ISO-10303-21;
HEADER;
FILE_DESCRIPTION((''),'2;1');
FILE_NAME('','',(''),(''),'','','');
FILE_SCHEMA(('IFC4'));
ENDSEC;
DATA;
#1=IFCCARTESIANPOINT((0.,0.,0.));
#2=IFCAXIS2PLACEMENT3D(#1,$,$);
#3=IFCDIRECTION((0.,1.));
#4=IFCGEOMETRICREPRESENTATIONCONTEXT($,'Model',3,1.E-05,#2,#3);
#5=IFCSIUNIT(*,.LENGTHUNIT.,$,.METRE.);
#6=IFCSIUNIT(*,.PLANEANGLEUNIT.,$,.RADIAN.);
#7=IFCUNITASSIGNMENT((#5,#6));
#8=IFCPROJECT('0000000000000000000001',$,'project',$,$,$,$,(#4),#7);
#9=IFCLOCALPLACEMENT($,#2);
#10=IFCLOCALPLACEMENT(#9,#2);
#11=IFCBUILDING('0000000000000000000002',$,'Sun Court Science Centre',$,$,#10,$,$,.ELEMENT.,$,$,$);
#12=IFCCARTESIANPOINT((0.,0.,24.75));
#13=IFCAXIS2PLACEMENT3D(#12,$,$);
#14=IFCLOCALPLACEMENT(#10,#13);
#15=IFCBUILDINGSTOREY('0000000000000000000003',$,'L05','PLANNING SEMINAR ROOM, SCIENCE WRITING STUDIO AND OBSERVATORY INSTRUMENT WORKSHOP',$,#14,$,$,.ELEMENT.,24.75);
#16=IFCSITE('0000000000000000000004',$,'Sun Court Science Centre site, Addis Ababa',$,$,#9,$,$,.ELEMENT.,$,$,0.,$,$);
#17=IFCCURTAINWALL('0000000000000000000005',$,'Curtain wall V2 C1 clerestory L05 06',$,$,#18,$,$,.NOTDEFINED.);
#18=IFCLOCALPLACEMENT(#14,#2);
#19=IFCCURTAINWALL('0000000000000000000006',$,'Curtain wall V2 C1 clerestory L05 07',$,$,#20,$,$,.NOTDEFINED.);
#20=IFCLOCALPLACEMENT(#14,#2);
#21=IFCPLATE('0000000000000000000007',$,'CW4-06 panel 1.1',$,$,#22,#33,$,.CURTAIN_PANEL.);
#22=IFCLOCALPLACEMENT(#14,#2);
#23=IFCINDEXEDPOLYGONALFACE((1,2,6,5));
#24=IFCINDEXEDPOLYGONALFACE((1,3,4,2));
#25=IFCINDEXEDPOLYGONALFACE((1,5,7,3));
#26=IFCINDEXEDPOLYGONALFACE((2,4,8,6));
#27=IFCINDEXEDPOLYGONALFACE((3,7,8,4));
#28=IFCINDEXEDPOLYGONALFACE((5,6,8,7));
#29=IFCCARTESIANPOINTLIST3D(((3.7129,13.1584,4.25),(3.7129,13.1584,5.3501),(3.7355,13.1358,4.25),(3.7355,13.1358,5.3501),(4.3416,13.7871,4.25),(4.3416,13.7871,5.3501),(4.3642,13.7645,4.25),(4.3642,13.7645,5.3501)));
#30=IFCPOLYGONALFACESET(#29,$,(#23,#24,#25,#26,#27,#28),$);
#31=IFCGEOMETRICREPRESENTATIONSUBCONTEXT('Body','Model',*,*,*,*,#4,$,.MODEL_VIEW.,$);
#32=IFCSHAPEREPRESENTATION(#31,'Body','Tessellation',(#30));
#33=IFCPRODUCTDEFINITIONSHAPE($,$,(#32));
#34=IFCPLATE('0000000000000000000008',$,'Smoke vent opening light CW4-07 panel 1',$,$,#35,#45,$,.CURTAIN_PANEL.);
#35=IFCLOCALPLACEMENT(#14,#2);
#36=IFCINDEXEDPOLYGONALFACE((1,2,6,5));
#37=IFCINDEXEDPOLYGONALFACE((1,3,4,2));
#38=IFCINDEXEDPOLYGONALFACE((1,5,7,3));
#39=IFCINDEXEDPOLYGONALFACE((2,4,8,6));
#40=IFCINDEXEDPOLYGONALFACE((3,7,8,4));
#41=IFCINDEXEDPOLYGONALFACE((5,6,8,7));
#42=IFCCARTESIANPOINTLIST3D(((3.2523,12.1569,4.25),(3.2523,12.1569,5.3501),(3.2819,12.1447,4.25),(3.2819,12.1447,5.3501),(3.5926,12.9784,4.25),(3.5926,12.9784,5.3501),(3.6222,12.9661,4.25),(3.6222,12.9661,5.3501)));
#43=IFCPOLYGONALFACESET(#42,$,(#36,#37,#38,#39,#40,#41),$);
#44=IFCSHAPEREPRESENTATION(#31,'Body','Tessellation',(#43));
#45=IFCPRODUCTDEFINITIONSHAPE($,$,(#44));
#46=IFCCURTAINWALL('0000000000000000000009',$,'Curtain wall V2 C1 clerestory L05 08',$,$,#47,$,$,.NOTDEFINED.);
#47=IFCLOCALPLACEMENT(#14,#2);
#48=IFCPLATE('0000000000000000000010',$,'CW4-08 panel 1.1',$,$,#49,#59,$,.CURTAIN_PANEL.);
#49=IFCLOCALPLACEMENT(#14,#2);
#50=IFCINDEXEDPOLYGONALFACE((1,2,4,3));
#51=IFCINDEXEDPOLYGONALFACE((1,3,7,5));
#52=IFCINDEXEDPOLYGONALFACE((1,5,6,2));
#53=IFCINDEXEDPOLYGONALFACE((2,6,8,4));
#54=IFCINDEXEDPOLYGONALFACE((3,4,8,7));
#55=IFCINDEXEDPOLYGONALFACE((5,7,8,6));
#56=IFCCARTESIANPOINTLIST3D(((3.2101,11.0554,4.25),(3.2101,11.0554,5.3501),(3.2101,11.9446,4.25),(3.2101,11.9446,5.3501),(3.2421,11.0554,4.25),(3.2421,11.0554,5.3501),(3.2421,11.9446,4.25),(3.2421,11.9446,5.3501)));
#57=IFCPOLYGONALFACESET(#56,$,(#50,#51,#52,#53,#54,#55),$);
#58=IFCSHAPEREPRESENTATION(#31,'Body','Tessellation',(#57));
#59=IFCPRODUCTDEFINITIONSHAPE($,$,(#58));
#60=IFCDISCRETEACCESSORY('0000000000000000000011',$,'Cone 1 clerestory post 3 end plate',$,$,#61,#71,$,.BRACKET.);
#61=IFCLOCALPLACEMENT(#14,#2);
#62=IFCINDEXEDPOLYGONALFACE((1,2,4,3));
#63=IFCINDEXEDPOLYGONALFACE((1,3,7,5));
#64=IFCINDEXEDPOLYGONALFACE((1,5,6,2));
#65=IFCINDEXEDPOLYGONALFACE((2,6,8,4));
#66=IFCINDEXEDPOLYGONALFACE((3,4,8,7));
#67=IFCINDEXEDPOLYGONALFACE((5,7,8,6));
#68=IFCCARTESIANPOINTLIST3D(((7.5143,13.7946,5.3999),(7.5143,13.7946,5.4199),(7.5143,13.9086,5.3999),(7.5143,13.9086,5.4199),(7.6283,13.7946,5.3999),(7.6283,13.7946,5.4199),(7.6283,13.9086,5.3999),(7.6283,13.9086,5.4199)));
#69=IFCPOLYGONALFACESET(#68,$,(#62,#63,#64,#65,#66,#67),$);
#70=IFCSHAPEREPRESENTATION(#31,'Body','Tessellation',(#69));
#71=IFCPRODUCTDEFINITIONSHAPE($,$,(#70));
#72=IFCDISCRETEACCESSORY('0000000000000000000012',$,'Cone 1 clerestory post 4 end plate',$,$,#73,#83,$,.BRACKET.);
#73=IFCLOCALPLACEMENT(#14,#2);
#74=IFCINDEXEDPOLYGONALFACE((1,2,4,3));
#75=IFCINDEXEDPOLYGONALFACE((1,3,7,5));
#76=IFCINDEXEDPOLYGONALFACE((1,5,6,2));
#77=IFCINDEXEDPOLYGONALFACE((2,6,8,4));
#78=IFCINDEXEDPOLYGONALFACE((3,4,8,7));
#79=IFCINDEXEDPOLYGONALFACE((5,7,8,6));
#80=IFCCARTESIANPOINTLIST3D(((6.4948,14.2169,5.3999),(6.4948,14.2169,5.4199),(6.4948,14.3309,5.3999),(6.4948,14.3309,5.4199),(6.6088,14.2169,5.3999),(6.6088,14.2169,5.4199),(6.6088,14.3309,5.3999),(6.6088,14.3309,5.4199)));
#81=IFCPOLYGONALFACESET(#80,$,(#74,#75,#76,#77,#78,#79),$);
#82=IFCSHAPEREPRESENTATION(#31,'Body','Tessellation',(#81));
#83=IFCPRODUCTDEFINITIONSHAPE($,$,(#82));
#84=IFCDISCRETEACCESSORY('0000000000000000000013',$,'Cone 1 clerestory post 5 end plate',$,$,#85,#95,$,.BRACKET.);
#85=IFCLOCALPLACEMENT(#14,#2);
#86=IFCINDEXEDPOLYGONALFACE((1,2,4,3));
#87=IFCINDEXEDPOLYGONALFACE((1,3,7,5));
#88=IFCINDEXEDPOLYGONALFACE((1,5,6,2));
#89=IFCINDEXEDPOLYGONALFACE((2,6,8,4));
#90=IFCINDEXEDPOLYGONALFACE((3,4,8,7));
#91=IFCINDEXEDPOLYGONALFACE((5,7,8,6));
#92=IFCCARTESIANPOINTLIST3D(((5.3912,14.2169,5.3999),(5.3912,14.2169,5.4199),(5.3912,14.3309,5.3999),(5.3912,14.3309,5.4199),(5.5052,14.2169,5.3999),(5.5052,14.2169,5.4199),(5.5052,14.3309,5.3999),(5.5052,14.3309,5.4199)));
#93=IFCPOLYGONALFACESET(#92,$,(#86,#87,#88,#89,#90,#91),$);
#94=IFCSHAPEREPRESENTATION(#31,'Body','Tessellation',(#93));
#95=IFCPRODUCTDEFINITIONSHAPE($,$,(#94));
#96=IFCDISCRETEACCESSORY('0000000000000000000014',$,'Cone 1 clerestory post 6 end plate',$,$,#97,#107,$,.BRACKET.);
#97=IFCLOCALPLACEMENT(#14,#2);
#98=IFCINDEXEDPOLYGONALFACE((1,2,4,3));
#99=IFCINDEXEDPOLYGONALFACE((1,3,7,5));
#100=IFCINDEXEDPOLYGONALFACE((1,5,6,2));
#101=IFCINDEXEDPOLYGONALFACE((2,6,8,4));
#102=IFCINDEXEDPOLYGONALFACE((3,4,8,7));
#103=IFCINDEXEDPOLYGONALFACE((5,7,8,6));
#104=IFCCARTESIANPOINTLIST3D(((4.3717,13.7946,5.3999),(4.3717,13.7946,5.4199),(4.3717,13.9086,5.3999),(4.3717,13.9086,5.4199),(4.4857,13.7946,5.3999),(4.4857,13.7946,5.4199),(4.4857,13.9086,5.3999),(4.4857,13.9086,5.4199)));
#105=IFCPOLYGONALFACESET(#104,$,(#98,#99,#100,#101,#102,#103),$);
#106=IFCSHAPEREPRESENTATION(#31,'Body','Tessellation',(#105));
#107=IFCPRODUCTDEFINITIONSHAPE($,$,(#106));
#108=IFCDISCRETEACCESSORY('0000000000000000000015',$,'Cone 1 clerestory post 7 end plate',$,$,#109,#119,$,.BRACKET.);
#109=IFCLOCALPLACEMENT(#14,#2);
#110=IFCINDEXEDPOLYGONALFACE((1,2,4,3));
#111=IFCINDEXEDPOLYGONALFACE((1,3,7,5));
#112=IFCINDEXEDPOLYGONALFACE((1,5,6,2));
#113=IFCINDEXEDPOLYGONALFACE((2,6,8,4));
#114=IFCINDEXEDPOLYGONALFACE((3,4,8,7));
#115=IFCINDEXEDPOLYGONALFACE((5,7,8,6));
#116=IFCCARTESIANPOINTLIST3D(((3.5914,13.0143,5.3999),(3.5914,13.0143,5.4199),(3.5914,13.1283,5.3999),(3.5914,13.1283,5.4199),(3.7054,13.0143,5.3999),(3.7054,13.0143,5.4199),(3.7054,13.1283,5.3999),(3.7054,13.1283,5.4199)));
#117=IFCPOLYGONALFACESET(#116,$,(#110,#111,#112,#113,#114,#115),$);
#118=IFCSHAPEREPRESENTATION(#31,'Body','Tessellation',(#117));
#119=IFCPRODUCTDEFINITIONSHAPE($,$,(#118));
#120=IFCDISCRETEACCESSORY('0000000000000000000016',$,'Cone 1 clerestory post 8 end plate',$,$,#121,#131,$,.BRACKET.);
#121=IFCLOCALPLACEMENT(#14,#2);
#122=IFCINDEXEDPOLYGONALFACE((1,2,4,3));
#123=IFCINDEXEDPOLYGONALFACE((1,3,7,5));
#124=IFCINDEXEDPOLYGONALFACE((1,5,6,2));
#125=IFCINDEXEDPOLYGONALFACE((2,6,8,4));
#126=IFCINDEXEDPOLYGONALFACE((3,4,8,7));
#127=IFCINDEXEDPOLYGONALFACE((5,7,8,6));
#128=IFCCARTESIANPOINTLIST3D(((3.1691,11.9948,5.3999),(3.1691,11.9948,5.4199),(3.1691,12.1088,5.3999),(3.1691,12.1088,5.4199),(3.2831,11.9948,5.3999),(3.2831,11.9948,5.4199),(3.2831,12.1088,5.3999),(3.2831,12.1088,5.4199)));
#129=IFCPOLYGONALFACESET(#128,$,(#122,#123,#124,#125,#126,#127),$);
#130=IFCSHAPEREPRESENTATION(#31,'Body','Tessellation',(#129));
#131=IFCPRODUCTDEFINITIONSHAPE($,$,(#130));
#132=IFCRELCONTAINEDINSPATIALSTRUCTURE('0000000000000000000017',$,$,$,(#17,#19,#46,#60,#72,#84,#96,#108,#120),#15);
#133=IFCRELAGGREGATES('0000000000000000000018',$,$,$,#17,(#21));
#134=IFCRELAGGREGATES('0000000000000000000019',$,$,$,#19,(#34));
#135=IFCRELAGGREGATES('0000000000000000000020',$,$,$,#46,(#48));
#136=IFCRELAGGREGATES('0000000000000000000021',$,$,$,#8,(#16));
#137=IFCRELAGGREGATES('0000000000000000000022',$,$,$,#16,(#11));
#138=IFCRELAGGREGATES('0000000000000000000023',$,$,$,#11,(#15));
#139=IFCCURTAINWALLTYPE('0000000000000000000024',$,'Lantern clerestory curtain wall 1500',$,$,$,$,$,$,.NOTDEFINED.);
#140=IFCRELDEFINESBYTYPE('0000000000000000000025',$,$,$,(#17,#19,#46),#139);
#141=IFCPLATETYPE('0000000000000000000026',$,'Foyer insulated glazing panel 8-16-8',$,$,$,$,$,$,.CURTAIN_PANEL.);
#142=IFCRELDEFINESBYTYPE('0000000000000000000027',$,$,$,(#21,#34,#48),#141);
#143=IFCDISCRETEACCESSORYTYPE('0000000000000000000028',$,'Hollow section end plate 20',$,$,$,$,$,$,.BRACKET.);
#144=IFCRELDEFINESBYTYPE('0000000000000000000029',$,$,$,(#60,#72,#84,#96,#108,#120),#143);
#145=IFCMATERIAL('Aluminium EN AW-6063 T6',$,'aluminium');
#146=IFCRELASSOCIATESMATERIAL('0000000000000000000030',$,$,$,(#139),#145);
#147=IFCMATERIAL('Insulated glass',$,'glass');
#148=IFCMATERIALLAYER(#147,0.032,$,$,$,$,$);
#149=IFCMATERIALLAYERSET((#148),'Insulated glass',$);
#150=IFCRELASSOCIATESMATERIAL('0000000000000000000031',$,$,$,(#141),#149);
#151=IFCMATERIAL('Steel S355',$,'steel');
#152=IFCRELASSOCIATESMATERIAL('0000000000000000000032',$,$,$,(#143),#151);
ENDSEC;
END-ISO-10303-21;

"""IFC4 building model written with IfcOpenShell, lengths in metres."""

from ifc_helpers import new_model, si_unit, direction, frame, origin, origin_2d, place, context, subcontext, project, spatial, rectangle, extrude, material, layer, layer_set, type_object, element, aggregate, save


model = new_model("IFC4")

# Units and contexts
model_context = context("Model", 3, precision=1e-05, world=origin(), true_north=direction((0.0, 1.0)))
body_context = subcontext(model_context, "Body", "Model", "MODEL_VIEW")
ifc_project = project(units=[si_unit("LENGTHUNIT", "METRE"), si_unit("PLANEANGLEUNIT", "RADIAN")], contexts=[model_context])

# Site, building, storey
site_placement = place(None, origin())
site = spatial("IfcSite", under=ifc_project, at=site_placement, Name="Sun Court Science Centre site, Addis Ababa", CompositionType="ELEMENT", RefElevation=0.0)
building_placement = place(site_placement, origin())
building = spatial("IfcBuilding", under=site, at=building_placement, Name="Sun Court Science Centre", CompositionType="ELEMENT")
storey_placement = place(building_placement, frame((0.0, 0.0, 24.75)))
storey = spatial("IfcBuildingStorey", under=building, at=storey_placement, Name="L05", Description="PLANNING SEMINAR ROOM, SCIENCE WRITING STUDIO AND OBSERVATORY INSTRUMENT WORKSHOP", CompositionType="ELEMENT", Elevation=24.75)

# Shared definitions
ifc_material_1 = material(Name="Aluminium EN AW-6063 T6", Category="aluminium")
curtain_wall_type = type_object("IfcCurtainWallType", Name="Lantern clerestory curtain wall 1500", PredefinedType="NOTDEFINED", material=ifc_material_1)

# Curtain wall
curtain_wall_1_placement = place(storey_placement, origin())
curtain_wall_1 = element("IfcCurtainWall", 1, at=curtain_wall_1_placement, inside=storey, type_object=curtain_wall_type, Name="Curtain wall V2 C1 clerestory L05 06", PredefinedType="NOTDEFINED")

# Curtain wall
curtain_wall_2_placement = place(storey_placement, origin())
curtain_wall_2 = element("IfcCurtainWall", 2, at=curtain_wall_2_placement, inside=storey, type_object=curtain_wall_type, Name="Curtain wall V2 C1 clerestory L05 07", PredefinedType="NOTDEFINED")

# Plates
ifc_material_2 = material(Name="Insulated glass", Category="glass")
ifc_layer = layer(ifc_material_2, 0.032)
ifc_layer_set = layer_set([ifc_layer], Name="Insulated glass")
plate_type = type_object("IfcPlateType", Name="Foyer insulated glazing panel 8-16-8", PredefinedType="CURTAIN_PANEL", material=ifc_layer_set)
plate_1_placement = place(storey_placement, frame((4.0386, 13.4614, 4.25), z_axis=(0.0, 0.0, 1.0), x_axis=(0.707107, 0.707107, 0.0)))
plate_1 = element("IfcPlate", 3, at=plate_1_placement, type_object=plate_type, Name="CW4-06 panel 1.1", PredefinedType="CURTAIN_PANEL", context=body_context, shape_type="SweptSolid", body=[
    extrude(rectangle(XDim=0.8892, YDim=0.032, at=origin_2d()), origin(), (0.0, 0.0, 1.0), 1.1001),
])
aggregate(curtain_wall_1, [plate_1])
plate_2_placement = place(storey_placement, frame((3.4373, 12.5615, 4.25), z_axis=(0.0, 0.0, 1.0), x_axis=(0.382683, 0.92388, 0.0)))
plate_2 = element("IfcPlate", 4, at=plate_2_placement, type_object=plate_type, Name="Smoke vent opening light CW4-07 panel 1", PredefinedType="CURTAIN_PANEL", context=body_context, shape_type="SweptSolid", body=[
    extrude(rectangle(XDim=0.8892, YDim=0.032, at=origin_2d()), origin(), (0.0, 0.0, 1.0), 1.1001),
])
aggregate(curtain_wall_2, [plate_2])

# Curtain wall, plate
curtain_wall_3_placement = place(storey_placement, origin())
curtain_wall_3 = element("IfcCurtainWall", 5, at=curtain_wall_3_placement, inside=storey, type_object=curtain_wall_type, Name="Curtain wall V2 C1 clerestory L05 08", PredefinedType="NOTDEFINED")
plate_3_placement = place(storey_placement, frame((3.2261, 11.5, 4.25), z_axis=(0.0, 0.0, 1.0), x_axis=(0.0, 1.0, 0.0)))
plate_3 = element("IfcPlate", 6, at=plate_3_placement, type_object=plate_type, Name="CW4-08 panel 1.1", PredefinedType="CURTAIN_PANEL", context=body_context, shape_type="SweptSolid", body=[
    extrude(rectangle(XDim=0.8892, YDim=0.032, at=origin_2d()), origin(), (0.0, 0.0, 1.0), 1.1001),
])
aggregate(curtain_wall_3, [plate_3])

# Discrete accessories
ifc_material_3 = material(Name="Steel S355", Category="steel")
discrete_accessory_type = type_object("IfcDiscreteAccessoryType", Name="Hollow section end plate 20", PredefinedType="BRACKET", material=ifc_material_3)
for number, where, z_axis, x_axis, name in (
    (7, (7.5713, 13.8516, 5.3999), (0.0, 0.0, 1.0), (1.0, 0.0, 0.0), "Cone 1 clerestory post 3 end plate"),
    (8, (6.5518, 14.2739, 5.3999), (0.0, 0.0, 1.0), (1.0, 0.0, 0.0), "Cone 1 clerestory post 4 end plate"),
    (9, (5.4482, 14.2739, 5.3999), (0.0, 0.0, 1.0), (1.0, 0.0, 0.0), "Cone 1 clerestory post 5 end plate"),
    (10, (4.4287, 13.8516, 5.3999), (0.0, 0.0, 1.0), (1.0, 0.0, 0.0), "Cone 1 clerestory post 6 end plate"),
    (11, (3.6484, 13.0713, 5.3999), (0.0, 0.0, 1.0), (1.0, 0.0, 0.0), "Cone 1 clerestory post 7 end plate"),
    (12, (3.2261, 12.0518, 5.3999), (0.0, 0.0, 1.0), (1.0, 0.0, 0.0), "Cone 1 clerestory post 8 end plate"),
):
    element("IfcDiscreteAccessory", number, at=place(storey_placement, frame(where, z_axis=z_axis, x_axis=x_axis)), inside=storey, type_object=discrete_accessory_type, Name=name, PredefinedType="BRACKET", context=body_context, shape_type="SweptSolid", body=[
        extrude(rectangle(XDim=0.114, YDim=0.114, at=origin_2d()), origin(), (0.0, 0.0, 1.0), 0.02),
    ])

save(model, "model.ifc")
